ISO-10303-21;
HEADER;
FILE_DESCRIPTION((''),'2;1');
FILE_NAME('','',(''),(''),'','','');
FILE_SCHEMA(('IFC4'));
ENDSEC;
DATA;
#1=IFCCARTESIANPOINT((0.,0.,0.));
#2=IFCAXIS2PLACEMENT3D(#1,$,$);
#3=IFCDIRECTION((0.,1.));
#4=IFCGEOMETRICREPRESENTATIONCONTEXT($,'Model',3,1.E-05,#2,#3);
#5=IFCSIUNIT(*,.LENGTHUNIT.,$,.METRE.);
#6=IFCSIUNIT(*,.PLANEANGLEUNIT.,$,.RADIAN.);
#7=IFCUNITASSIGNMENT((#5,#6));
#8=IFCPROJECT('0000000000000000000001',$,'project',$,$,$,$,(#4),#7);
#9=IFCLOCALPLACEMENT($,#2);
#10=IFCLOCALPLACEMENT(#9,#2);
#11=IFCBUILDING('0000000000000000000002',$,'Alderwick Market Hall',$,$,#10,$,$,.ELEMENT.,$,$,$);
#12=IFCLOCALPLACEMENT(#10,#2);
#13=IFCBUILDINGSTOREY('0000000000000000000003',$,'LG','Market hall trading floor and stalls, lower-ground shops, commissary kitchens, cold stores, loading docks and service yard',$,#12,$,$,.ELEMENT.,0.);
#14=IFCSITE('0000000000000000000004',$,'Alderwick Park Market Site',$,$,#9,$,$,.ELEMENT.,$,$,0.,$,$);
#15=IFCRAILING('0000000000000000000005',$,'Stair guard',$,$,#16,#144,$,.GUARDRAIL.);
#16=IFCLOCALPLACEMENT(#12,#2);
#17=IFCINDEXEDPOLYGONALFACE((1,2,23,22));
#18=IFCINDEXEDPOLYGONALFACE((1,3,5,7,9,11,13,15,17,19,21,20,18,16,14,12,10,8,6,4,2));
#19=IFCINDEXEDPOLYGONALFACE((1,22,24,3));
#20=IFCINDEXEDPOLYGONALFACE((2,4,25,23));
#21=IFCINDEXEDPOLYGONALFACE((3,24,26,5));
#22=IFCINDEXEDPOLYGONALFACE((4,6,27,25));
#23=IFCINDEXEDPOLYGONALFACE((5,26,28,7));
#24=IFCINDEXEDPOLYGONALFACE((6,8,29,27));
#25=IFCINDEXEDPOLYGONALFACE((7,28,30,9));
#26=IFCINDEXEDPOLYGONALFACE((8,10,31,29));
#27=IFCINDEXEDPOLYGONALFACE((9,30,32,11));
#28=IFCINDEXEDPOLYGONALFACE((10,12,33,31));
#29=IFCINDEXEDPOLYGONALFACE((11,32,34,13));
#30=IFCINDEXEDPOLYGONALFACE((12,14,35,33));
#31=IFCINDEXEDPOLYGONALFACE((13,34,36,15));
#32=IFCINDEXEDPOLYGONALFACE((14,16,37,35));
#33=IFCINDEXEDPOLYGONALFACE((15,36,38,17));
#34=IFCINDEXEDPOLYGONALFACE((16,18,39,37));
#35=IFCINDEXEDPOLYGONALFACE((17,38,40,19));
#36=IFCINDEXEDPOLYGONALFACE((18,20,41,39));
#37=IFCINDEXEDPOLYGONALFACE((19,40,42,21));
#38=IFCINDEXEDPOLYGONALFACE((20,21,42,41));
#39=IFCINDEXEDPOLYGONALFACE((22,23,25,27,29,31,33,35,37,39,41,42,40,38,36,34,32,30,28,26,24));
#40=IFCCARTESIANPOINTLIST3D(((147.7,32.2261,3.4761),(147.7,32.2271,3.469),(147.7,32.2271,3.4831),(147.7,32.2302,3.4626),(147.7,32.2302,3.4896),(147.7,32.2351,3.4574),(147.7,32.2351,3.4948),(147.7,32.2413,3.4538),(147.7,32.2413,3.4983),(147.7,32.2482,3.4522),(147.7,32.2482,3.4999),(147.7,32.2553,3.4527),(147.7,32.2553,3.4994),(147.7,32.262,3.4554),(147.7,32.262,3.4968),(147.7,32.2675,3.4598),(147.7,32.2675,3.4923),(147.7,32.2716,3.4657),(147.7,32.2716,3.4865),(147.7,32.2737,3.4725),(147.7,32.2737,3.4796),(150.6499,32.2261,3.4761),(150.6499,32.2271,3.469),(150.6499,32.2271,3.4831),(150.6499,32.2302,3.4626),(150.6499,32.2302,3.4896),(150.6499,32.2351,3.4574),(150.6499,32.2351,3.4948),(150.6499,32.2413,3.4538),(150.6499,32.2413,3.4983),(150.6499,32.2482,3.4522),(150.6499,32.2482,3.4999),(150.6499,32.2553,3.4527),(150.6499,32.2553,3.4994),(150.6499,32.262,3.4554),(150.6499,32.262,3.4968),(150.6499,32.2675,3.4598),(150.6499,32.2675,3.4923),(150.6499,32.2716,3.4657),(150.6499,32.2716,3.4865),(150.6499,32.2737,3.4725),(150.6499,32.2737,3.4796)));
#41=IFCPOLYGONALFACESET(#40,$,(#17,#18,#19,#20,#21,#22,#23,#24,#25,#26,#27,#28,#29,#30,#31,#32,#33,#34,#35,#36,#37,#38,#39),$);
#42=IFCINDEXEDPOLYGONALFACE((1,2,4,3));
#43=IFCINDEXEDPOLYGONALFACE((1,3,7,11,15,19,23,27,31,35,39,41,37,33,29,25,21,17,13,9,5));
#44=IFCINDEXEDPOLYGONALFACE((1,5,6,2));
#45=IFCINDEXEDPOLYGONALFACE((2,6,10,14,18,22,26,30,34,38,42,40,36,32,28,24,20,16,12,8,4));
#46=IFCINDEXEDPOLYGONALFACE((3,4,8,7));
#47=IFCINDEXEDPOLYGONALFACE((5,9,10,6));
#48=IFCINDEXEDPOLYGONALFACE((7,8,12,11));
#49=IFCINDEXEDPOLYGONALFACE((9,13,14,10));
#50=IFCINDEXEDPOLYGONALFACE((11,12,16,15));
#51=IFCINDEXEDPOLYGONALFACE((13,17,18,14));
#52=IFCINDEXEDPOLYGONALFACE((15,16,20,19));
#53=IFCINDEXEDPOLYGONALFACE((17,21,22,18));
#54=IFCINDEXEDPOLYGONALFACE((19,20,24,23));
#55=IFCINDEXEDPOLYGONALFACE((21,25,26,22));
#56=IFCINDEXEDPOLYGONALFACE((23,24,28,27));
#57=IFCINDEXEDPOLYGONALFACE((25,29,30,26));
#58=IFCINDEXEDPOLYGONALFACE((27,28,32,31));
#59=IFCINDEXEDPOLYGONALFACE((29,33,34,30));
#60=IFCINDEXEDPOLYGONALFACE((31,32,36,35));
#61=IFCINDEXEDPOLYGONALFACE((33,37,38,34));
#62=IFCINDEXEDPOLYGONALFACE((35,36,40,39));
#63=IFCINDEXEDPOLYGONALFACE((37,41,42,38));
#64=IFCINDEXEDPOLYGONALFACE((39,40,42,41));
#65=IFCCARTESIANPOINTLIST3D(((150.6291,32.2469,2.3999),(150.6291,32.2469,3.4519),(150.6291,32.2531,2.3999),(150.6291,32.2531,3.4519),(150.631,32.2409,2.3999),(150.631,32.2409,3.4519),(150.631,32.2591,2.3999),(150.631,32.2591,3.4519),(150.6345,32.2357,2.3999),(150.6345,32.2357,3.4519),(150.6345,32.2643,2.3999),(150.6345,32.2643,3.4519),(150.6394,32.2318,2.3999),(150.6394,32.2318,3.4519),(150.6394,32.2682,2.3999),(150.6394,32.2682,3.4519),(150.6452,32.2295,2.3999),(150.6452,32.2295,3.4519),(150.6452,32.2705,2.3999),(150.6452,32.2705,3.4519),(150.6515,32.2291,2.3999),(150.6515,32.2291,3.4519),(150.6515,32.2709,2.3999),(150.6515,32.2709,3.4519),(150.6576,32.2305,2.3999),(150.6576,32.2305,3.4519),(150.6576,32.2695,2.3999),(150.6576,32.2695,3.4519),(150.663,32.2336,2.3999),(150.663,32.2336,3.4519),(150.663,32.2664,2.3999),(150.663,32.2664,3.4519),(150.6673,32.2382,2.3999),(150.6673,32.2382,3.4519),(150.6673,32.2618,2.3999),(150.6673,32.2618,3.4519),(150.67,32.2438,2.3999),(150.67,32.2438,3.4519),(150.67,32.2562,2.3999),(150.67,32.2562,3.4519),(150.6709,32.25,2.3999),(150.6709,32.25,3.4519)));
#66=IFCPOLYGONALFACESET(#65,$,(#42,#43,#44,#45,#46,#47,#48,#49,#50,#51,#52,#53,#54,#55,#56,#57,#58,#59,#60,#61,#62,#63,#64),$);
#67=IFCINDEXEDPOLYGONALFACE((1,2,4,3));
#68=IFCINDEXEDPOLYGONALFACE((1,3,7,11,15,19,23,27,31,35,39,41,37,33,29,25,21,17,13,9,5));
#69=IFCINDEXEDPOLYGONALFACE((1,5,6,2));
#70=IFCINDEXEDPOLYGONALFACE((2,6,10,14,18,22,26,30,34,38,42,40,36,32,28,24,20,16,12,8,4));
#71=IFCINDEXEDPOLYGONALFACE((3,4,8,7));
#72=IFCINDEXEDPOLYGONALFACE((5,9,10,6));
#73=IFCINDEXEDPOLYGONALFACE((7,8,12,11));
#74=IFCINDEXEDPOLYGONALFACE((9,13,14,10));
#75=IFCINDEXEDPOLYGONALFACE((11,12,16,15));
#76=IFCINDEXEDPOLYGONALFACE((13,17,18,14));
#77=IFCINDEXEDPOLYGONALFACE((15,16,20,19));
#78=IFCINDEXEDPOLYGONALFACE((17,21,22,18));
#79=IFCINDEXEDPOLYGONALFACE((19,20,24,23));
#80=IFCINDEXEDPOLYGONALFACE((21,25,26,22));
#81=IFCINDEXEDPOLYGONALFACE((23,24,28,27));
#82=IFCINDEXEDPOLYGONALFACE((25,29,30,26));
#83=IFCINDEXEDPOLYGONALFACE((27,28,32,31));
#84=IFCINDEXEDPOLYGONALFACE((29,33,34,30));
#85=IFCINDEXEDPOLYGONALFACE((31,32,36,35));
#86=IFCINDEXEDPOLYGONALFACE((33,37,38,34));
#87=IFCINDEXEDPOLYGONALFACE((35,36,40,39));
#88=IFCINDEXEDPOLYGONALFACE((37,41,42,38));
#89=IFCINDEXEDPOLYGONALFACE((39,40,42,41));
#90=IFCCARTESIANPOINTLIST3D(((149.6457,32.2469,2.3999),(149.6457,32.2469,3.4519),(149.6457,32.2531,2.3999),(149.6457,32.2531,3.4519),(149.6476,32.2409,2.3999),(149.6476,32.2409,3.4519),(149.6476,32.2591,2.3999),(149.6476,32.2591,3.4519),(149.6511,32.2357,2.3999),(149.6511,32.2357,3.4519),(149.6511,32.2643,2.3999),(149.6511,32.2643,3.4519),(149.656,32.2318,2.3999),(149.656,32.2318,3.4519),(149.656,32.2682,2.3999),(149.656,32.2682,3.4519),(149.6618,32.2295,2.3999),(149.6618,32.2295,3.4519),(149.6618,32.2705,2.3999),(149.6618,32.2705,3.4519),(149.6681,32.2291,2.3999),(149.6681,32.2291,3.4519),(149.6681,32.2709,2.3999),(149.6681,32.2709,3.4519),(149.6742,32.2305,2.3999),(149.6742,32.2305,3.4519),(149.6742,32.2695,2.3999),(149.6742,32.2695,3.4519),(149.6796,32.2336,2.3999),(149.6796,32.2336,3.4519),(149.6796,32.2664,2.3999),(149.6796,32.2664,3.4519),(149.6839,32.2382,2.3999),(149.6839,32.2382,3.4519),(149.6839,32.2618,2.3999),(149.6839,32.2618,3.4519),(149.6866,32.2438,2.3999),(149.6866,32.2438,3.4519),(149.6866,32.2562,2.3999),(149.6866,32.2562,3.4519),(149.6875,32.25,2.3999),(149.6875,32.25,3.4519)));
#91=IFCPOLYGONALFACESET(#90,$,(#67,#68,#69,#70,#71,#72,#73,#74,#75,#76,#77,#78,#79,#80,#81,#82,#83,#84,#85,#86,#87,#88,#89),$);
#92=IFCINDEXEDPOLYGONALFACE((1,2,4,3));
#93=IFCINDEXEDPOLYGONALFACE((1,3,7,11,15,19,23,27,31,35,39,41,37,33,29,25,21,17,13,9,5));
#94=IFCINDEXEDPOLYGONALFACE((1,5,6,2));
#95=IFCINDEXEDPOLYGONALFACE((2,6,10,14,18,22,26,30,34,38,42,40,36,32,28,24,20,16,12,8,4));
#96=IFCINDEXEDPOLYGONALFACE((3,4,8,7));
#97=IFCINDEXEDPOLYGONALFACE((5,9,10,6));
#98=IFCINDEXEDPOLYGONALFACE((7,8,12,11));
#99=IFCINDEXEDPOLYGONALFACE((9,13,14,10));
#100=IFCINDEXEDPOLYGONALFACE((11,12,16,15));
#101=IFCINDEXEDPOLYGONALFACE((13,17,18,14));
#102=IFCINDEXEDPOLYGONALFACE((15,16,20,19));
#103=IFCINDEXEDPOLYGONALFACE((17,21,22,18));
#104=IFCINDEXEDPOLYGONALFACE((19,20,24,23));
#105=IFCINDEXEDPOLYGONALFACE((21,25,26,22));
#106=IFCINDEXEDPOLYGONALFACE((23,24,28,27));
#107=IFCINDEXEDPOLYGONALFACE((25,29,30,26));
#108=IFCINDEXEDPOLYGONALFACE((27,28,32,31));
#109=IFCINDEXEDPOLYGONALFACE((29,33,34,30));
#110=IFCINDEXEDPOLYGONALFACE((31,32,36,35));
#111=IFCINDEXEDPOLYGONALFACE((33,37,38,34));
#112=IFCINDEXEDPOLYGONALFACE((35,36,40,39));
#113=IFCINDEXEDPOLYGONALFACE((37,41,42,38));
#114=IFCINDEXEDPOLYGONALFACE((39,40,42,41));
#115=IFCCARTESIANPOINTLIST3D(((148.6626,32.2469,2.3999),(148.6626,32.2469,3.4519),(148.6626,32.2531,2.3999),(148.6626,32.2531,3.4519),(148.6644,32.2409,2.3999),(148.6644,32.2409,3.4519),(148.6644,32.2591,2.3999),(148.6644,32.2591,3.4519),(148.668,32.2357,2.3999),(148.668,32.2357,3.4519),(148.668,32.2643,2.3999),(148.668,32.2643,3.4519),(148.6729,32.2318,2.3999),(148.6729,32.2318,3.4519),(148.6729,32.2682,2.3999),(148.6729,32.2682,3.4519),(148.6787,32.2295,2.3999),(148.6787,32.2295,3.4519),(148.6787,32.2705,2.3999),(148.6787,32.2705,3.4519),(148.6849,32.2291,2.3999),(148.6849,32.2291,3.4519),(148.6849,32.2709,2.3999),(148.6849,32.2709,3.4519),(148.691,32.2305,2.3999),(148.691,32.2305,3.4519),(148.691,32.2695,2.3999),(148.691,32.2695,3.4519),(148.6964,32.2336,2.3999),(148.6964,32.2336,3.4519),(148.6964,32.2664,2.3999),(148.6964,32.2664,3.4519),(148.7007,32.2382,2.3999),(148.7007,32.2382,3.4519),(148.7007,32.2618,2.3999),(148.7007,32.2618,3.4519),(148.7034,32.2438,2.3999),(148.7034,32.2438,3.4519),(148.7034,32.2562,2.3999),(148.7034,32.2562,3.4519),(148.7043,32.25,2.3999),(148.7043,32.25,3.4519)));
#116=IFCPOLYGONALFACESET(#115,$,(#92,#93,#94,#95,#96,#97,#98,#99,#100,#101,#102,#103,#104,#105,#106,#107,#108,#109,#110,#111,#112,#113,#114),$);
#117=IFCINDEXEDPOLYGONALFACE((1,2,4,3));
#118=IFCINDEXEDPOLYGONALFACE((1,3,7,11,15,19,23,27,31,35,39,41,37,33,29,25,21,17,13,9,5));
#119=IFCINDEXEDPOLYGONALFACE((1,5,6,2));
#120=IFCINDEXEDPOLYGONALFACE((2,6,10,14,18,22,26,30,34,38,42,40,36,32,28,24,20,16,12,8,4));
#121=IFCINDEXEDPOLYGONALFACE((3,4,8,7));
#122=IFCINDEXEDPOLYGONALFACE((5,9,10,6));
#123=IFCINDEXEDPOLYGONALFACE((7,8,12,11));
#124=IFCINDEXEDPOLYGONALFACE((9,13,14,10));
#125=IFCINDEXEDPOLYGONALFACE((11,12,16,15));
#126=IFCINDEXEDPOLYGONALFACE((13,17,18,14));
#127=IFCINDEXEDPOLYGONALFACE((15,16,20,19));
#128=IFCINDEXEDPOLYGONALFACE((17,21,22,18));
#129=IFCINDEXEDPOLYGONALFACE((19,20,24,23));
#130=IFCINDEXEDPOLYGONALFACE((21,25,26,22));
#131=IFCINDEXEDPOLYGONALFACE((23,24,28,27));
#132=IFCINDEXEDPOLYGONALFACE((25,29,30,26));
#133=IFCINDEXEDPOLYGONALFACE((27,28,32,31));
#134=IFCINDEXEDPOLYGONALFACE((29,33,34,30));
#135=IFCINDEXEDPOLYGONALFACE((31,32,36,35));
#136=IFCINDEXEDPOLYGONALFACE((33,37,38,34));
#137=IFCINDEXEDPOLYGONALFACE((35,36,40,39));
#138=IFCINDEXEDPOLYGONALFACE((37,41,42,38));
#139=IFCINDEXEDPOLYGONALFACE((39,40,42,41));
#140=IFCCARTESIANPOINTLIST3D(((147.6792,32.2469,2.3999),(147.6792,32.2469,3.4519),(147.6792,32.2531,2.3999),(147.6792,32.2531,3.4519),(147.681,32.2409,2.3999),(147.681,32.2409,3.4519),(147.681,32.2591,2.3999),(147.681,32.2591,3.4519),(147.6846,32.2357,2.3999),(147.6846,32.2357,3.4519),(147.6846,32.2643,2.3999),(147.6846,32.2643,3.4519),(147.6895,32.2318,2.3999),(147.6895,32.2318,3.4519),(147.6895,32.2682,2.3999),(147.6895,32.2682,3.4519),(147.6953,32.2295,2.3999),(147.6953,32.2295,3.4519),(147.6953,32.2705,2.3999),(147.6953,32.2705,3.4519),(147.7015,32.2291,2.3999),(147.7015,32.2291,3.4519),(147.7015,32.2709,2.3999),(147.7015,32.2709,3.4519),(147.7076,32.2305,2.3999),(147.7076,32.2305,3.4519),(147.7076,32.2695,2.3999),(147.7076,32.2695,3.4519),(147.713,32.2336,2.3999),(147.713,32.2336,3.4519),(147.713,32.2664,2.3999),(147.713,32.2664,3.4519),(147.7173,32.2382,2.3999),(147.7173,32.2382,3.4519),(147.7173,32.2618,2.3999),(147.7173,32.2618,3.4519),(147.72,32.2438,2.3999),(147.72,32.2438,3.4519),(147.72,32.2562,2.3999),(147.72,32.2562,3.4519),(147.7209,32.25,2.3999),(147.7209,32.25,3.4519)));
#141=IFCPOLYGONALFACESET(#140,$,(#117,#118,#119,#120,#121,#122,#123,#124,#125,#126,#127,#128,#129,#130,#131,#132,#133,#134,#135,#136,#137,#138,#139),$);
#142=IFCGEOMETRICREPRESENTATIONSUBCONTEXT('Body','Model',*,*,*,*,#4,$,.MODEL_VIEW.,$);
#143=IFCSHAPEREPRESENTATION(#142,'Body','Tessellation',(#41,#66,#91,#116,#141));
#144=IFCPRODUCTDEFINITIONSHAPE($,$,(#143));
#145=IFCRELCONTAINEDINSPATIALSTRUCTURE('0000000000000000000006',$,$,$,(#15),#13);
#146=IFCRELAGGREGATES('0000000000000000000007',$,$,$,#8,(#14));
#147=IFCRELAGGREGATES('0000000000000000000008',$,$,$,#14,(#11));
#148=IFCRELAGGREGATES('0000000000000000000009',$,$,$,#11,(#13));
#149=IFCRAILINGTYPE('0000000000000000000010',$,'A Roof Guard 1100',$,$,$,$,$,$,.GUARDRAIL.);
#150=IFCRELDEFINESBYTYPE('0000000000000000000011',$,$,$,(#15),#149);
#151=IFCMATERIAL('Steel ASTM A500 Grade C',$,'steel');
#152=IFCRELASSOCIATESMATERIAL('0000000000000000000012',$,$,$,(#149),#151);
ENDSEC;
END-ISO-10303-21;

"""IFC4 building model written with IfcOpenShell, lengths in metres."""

from ifc_helpers import new_model, si_unit, direction, frame, origin, origin_2d, place, context, subcontext, project, spatial, circle, extrude, material, type_object, element, save


model = new_model("IFC4")

# Units and contexts
model_context = context("Model", 3, precision=1e-05, world=origin(), true_north=direction((0.0, 1.0)))
body_context = subcontext(model_context, "Body", "Model", "MODEL_VIEW")
ifc_project = project(units=[si_unit("LENGTHUNIT", "METRE"), si_unit("PLANEANGLEUNIT", "RADIAN")], contexts=[model_context])

# Site, building, storey
site_placement = place(None, origin())
site = spatial("IfcSite", under=ifc_project, at=site_placement, Name="Alderwick Park Market Site", CompositionType="ELEMENT", RefElevation=0.0)
building_placement = place(site_placement, origin())
building = spatial("IfcBuilding", under=site, at=building_placement, Name="Alderwick Market Hall", CompositionType="ELEMENT")
storey_placement = place(building_placement, origin())
storey = spatial("IfcBuildingStorey", under=building, at=storey_placement, Name="LG", Description="Market hall trading floor and stalls, lower-ground shops, commissary kitchens, cold stores, loading docks and service yard", CompositionType="ELEMENT", Elevation=0.0)

# Railing
ifc_material_1 = material(Name="Steel ASTM A500 Grade C", Category="steel")
railing_type = type_object("IfcRailingType", Name="A Roof Guard 1100", PredefinedType="GUARDRAIL", material=ifc_material_1)
railing_1_placement = place(storey_placement, frame((150.6499, 32.25, 2.3999)))
element("IfcRailing", 1, at=railing_1_placement, inside=storey, type_object=railing_type, Name="Stair guard", PredefinedType="GUARDRAIL", context=body_context, shape_type="SweptSolid", body=[
    extrude(circle(Radius=0.0239, at=origin_2d()), frame((0.0, 0.0, 1.0762), z_axis=(-1.0, 0.0, 0.0), x_axis=(0.0, -1.0, 0.0)), (0.0, 0.0, 1.0), 2.95),
    extrude(circle(Radius=0.021, at=origin_2d()), origin(), (0.0, 0.0, 1.0), 1.052),
    extrude(circle(Radius=0.021, at=origin_2d()), frame((-0.9834, 0.0, 0.0)), (0.0, 0.0, 1.0), 1.052),
    extrude(circle(Radius=0.021, at=origin_2d()), frame((-1.9666, 0.0, 0.0)), (0.0, 0.0, 1.0), 1.052),
    extrude(circle(Radius=0.021, at=origin_2d()), frame((-2.95, 0.0, 0.0)), (0.0, 0.0, 1.0), 1.052),
])

save(model, "model.ifc")
